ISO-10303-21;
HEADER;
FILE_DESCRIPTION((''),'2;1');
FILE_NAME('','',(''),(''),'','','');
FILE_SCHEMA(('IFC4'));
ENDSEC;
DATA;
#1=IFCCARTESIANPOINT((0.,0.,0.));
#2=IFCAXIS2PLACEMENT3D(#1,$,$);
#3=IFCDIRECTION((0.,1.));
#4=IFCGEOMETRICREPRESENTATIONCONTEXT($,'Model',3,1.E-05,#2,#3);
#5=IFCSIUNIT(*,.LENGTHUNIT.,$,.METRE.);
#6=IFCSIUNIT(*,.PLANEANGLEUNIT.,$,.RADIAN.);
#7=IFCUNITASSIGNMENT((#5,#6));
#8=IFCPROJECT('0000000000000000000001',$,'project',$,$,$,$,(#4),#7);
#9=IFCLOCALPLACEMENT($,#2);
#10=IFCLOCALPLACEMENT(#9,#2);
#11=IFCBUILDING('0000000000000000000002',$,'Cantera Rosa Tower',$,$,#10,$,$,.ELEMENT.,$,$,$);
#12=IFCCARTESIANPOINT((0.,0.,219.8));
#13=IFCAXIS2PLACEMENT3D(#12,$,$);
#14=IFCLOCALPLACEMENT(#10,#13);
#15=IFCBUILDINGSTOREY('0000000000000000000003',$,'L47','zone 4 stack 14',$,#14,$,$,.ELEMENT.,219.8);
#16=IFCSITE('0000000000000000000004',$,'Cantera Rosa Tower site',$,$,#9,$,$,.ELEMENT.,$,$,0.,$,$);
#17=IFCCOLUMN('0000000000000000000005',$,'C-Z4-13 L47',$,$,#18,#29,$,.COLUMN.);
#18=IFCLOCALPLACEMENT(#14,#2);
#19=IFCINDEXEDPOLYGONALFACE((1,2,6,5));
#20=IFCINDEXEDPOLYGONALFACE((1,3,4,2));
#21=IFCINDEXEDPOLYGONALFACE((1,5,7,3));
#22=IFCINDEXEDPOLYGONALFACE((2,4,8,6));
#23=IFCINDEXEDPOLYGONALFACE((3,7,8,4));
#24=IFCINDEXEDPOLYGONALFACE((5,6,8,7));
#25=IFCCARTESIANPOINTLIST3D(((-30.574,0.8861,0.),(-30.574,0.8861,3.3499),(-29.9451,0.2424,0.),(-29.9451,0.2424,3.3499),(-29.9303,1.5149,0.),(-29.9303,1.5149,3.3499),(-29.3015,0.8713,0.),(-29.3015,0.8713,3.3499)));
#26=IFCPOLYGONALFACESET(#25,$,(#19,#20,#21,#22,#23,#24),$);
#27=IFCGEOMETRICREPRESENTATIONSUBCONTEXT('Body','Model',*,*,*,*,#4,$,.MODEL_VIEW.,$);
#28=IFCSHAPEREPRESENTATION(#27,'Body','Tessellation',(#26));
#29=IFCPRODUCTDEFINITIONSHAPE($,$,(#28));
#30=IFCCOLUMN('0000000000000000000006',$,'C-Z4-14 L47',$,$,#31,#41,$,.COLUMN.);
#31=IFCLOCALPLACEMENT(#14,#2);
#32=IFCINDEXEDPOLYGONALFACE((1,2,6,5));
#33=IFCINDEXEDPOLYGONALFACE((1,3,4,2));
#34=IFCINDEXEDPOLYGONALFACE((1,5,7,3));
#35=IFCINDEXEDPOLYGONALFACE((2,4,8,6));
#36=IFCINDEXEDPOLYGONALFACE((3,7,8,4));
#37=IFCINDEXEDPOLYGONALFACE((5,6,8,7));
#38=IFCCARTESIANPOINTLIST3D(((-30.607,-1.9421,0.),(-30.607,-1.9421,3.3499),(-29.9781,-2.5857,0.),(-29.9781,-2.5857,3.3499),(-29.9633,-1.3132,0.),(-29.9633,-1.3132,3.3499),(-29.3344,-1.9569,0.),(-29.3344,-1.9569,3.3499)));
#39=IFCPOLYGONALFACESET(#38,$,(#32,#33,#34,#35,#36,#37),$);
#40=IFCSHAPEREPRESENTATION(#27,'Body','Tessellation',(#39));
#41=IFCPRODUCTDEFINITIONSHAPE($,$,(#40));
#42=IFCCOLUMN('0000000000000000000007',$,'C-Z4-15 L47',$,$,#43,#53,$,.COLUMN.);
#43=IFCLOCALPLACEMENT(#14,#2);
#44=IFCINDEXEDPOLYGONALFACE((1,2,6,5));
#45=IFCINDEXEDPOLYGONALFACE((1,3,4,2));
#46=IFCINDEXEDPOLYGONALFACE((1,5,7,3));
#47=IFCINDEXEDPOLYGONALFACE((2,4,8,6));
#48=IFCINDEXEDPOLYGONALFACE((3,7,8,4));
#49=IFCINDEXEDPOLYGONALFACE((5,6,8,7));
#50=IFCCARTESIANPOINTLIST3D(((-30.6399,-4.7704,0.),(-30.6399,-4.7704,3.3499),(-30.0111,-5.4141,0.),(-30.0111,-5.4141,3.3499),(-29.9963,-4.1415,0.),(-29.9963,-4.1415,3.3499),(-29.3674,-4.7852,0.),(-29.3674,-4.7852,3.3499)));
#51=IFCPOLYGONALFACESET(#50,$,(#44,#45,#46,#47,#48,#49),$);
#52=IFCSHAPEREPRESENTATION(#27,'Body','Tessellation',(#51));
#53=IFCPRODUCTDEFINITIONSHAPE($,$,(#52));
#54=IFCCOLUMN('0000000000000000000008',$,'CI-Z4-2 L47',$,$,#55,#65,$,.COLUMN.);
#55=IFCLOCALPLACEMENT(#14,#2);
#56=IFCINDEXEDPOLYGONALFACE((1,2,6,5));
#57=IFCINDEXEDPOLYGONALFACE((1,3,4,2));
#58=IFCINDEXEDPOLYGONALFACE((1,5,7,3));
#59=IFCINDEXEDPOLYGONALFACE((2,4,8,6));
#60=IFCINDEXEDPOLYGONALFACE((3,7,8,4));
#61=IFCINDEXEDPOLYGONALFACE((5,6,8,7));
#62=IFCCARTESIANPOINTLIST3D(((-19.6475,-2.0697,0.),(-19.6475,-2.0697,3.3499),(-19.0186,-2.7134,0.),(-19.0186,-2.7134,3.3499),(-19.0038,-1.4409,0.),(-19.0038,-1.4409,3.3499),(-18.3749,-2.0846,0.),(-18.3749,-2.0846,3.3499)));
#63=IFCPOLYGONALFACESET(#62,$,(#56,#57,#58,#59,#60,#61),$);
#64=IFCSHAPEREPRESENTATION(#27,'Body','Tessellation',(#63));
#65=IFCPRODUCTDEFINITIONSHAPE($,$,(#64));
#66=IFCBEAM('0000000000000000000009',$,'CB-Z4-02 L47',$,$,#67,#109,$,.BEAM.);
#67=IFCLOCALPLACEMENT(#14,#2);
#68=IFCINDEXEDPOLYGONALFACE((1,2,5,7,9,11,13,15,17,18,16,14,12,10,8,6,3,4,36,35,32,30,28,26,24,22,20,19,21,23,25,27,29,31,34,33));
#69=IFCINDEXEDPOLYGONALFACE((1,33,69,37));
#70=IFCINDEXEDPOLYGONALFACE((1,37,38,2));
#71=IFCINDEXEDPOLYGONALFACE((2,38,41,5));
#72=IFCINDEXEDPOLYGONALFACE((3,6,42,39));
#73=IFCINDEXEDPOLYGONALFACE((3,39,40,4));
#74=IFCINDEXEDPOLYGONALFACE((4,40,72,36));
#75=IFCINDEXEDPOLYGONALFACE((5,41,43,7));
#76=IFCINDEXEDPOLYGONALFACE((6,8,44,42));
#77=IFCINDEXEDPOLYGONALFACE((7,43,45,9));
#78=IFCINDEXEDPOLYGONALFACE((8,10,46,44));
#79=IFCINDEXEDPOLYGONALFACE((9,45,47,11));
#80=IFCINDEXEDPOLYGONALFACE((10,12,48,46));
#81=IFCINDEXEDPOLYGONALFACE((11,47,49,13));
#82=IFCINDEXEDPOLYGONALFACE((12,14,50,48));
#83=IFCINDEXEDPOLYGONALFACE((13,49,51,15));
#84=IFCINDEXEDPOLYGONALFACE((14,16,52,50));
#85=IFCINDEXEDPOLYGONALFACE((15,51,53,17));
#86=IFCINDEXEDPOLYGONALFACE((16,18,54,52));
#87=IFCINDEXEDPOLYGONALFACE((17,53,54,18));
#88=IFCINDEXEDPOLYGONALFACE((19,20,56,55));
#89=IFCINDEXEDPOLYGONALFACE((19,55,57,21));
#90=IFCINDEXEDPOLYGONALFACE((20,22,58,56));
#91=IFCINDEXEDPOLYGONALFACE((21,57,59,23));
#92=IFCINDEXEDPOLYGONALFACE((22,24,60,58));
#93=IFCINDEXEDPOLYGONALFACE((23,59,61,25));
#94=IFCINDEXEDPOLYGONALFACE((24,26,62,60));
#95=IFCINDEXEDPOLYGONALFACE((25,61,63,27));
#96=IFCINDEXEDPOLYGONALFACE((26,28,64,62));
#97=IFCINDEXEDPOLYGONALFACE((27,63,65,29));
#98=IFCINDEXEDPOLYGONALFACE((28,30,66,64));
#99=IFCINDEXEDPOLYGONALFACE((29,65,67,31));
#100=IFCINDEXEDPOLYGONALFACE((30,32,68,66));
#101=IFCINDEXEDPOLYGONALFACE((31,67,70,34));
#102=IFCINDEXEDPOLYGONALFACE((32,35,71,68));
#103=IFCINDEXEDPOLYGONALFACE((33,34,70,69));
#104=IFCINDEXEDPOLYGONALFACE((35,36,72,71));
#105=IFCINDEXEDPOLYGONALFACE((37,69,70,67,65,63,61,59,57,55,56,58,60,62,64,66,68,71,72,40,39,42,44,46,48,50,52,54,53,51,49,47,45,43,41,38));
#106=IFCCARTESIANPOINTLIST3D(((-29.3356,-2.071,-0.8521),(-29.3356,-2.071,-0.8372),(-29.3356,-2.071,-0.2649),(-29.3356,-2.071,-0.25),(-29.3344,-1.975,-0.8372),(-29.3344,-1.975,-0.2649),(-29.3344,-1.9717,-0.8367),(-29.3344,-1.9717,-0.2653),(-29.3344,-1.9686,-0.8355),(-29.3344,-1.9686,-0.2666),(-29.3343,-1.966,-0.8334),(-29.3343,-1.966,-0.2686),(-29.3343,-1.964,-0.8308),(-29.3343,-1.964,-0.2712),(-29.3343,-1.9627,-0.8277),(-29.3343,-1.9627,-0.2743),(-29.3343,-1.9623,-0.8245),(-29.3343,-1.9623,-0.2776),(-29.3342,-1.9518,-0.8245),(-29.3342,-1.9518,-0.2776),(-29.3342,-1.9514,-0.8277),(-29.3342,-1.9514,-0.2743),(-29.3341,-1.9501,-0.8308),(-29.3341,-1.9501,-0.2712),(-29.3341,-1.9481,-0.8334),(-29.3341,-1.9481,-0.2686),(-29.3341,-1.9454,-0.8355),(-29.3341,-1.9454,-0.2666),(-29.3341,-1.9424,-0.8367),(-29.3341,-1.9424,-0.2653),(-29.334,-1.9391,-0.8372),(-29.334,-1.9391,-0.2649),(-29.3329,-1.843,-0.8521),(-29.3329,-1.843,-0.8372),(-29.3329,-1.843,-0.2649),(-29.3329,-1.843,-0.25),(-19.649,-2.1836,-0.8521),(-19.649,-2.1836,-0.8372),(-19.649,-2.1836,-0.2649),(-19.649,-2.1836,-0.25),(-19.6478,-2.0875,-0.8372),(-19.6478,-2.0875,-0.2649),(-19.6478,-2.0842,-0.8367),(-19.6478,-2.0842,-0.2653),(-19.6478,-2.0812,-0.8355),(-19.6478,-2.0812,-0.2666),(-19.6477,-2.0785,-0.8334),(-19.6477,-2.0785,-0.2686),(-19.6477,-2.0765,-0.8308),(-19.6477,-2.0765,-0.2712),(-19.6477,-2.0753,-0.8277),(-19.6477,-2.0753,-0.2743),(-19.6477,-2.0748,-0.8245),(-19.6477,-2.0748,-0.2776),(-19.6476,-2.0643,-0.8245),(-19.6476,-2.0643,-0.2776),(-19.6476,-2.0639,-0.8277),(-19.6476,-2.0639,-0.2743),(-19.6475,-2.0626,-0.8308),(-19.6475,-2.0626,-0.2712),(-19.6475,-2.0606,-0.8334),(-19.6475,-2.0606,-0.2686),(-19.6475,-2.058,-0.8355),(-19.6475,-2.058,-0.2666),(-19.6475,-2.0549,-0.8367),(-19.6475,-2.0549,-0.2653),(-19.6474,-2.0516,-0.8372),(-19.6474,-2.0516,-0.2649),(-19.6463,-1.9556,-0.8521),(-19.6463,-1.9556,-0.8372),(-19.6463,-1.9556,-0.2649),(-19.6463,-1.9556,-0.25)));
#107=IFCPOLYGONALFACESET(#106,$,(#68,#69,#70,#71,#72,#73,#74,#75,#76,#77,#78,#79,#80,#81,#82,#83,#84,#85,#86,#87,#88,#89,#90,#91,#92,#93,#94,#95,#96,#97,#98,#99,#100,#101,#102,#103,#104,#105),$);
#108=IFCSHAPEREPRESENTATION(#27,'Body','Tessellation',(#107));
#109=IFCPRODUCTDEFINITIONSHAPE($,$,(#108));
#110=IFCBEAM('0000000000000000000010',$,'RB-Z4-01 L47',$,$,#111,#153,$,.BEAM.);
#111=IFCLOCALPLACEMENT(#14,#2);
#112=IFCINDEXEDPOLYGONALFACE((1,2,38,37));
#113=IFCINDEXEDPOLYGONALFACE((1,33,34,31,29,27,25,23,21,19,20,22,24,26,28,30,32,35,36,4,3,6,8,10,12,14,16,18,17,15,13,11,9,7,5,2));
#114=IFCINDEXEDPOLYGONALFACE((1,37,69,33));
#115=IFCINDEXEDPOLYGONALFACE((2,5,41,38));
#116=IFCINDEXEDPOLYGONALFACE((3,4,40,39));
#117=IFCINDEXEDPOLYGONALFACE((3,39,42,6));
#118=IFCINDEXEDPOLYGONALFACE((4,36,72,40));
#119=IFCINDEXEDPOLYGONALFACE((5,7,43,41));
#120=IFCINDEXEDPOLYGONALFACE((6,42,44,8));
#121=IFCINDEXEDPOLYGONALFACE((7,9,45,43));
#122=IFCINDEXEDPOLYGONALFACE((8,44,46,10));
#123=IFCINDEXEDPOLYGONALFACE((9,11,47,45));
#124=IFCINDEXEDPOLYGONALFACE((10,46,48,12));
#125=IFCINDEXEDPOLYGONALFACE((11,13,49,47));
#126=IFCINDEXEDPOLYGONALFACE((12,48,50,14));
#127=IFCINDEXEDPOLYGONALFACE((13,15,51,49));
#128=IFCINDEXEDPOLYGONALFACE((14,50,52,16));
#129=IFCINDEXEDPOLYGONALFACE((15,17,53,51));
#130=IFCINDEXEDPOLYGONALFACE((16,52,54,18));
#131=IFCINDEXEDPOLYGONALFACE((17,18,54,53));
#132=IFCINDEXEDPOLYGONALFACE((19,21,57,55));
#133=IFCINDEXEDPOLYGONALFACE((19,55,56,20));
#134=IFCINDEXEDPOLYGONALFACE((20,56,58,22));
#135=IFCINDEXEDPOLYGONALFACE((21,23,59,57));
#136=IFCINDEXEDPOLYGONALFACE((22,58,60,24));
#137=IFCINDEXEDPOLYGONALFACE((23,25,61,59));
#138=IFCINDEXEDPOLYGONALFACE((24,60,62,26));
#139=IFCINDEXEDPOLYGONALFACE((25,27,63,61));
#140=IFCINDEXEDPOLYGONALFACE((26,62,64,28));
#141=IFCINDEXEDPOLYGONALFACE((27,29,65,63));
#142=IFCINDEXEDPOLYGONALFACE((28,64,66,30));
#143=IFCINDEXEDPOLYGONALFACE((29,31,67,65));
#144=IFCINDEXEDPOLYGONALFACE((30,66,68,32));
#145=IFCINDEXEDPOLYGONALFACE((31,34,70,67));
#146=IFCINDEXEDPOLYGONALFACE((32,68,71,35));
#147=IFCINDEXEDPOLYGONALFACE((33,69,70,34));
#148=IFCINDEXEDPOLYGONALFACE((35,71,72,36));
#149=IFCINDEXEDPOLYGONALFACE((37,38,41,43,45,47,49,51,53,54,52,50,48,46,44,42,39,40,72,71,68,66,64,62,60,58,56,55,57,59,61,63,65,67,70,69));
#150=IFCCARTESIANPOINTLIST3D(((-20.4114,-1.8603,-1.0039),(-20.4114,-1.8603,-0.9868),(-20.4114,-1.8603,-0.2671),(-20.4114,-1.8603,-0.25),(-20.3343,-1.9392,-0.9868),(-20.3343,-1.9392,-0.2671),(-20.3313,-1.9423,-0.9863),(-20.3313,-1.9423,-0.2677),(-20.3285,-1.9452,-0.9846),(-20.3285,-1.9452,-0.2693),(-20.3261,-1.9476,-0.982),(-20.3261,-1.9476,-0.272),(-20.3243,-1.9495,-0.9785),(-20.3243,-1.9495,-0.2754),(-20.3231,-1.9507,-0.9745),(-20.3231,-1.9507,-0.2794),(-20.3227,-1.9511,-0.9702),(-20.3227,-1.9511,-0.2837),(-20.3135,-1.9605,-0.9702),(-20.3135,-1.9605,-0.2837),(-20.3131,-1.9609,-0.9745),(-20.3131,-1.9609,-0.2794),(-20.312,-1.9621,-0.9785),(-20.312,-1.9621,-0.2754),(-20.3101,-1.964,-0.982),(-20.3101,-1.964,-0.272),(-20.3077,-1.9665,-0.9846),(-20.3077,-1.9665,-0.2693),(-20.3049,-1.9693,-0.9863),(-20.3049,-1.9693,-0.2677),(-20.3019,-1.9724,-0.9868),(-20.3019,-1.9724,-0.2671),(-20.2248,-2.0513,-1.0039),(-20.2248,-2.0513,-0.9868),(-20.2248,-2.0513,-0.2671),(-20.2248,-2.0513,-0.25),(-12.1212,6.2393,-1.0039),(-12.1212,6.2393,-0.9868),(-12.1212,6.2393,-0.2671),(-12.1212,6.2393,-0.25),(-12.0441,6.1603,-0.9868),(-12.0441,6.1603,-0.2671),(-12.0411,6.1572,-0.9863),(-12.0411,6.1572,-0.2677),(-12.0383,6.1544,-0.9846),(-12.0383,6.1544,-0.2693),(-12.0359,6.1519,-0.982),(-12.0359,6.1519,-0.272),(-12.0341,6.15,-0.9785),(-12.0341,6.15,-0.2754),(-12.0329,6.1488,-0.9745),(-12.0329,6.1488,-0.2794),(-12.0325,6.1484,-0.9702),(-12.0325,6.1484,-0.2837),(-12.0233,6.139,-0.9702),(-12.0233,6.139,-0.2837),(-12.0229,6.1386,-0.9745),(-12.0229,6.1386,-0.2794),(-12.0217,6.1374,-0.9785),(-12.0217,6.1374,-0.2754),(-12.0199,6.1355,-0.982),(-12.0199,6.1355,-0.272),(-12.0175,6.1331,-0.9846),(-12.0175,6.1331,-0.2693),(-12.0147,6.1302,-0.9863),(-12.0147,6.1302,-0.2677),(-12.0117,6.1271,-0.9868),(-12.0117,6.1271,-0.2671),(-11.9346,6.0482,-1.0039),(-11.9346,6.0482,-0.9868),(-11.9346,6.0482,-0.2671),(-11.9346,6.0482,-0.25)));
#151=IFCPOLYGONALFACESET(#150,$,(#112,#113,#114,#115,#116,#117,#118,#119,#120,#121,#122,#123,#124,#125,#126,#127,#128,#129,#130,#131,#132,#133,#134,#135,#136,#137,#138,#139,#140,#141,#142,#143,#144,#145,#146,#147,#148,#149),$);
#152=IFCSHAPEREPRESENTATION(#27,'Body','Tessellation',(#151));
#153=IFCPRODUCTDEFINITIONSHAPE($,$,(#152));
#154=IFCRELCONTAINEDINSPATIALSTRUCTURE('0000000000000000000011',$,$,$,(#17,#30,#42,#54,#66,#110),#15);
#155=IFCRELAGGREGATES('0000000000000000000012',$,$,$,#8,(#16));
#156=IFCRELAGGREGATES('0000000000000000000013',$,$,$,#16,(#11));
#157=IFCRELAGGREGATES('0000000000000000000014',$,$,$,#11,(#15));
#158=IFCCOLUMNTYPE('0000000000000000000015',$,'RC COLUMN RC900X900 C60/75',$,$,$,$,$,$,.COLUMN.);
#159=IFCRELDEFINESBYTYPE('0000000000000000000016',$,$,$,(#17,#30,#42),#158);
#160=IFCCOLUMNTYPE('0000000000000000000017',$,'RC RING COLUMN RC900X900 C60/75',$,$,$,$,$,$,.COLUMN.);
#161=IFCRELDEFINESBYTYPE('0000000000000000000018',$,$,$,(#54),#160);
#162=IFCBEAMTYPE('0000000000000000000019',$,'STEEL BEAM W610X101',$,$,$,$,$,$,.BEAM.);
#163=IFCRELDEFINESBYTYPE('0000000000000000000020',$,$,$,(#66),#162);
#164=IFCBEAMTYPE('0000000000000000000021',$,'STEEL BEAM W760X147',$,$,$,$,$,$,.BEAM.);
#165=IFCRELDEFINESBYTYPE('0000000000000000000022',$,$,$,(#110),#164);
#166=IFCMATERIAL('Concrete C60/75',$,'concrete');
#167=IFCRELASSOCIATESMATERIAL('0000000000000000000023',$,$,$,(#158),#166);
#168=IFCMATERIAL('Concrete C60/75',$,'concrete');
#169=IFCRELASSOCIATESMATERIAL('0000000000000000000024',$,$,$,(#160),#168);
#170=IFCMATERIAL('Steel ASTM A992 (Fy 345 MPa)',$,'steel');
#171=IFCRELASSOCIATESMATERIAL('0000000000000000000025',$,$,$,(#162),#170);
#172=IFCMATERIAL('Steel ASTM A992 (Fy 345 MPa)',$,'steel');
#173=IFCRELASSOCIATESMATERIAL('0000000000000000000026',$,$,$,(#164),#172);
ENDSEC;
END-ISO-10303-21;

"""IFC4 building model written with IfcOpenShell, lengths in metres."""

from ifc_helpers import new_model, si_unit, direction, frame, origin, origin_2d, place, context, subcontext, project, spatial, rectangle, i_section, extrude, material, material_profile, profile_set, type_object, element, save


model = new_model("IFC4")

# Units and contexts
model_context = context("Model", 3, precision=1e-05, world=origin(), true_north=direction((0.0, 1.0)))
body_context = subcontext(model_context, "Body", "Model", "MODEL_VIEW")
ifc_project = project(units=[si_unit("LENGTHUNIT", "METRE"), si_unit("PLANEANGLEUNIT", "RADIAN")], contexts=[model_context])

# Site, building, storey
site_placement = place(None, origin())
site = spatial("IfcSite", under=ifc_project, at=site_placement, Name="Cantera Rosa Tower site", CompositionType="ELEMENT", RefElevation=0.0)
building_placement = place(site_placement, origin())
building = spatial("IfcBuilding", under=site, at=building_placement, Name="Cantera Rosa Tower", CompositionType="ELEMENT")
storey_placement = place(building_placement, frame((0.0, 0.0, 219.8)))
storey = spatial("IfcBuildingStorey", under=building, at=storey_placement, Name="L47", Description="zone 4 stack 14", CompositionType="ELEMENT", Elevation=219.8)

# Columns
ifc_material_1 = material(Name="Concrete C60/75", Category="concrete")
ifc_material_profile_1 = material_profile(ifc_material_1, rectangle(XDim=0.8999, YDim=0.8999, at=origin_2d()), Name="RC COLUMN RC900X900 C60/75")
ifc_profile_set_1 = profile_set([ifc_material_profile_1], Name="Concrete C60/75")
column_type_1 = type_object("IfcColumnType", Name="RC COLUMN RC900X900 C60/75", PredefinedType="COLUMN", material=ifc_profile_set_1)
for number, where, z_axis, x_axis, name in (
    (1, (-29.9377, 0.8787, 0.0), (0.0, 0.0, 1.0), (0.715286, 0.698832, 0.0), "C-Z4-13 L47"),
    (2, (-29.9707, -1.9495, 0.0), (0.0, 0.0, 1.0), (0.715286, 0.698832, 0.0), "C-Z4-14 L47"),
    (3, (-30.0037, -4.7778, 0.0), (0.0, 0.0, 1.0), (0.715286, 0.698832, 0.0), "C-Z4-15 L47"),
):
    element("IfcColumn", number, at=place(storey_placement, frame(where, z_axis=z_axis, x_axis=x_axis)), inside=storey, type_object=column_type_1, Name=name, PredefinedType="COLUMN", context=body_context, shape_type="SweptSolid", body=[
        extrude(rectangle(XDim=0.8999, YDim=0.8999, at=origin_2d()), origin(), (0.0, 0.0, 1.0), 3.3499),
    ])
ifc_material_2 = material(Name="Concrete C60/75", Category="concrete")
ifc_material_profile_2 = material_profile(ifc_material_2, rectangle(XDim=0.8999, YDim=0.8999, at=origin_2d()), Name="RC RING COLUMN RC900X900 C60/75")
ifc_profile_set_2 = profile_set([ifc_material_profile_2], Name="Concrete C60/75")
column_type_2 = type_object("IfcColumnType", Name="RC RING COLUMN RC900X900 C60/75", PredefinedType="COLUMN", material=ifc_profile_set_2)
column_placement = place(storey_placement, frame((-19.0112, -2.0771, 0.0), z_axis=(0.0, 0.0, 1.0), x_axis=(0.715286, 0.698832, 0.0)))
element("IfcColumn", 4, at=column_placement, inside=storey, type_object=column_type_2, Name="CI-Z4-2 L47", PredefinedType="COLUMN", context=body_context, shape_type="SweptSolid", body=[
    extrude(rectangle(XDim=0.8999, YDim=0.8999, at=origin_2d()), origin(), (0.0, 0.0, 1.0), 3.3499),
])

# Beams
ifc_material_3 = material(Name="Steel ASTM A992 (Fy 345 MPa)", Category="steel")
ifc_material_profile_3 = material_profile(ifc_material_3, i_section(OverallWidth=0.228, OverallDepth=0.6021, WebThickness=0.0105, FlangeThickness=0.0149, FilletRadius=0.0127, at=origin_2d()), Name="W610X101")
ifc_profile_set_3 = profile_set([ifc_material_profile_3], Name="Steel ASTM A992 (Fy 345 MPa)")
beam_type_1 = type_object("IfcBeamType", Name="STEEL BEAM W610X101", PredefinedType="BEAM", material=ifc_profile_set_3)
beam_1_placement = place(storey_placement, frame((-29.3342, -1.957, -0.551), z_axis=(0.999933, -0.011618, 0.0), x_axis=(0.011618, 0.999933, 0.0)))
element("IfcBeam", 5, at=beam_1_placement, inside=storey, type_object=beam_type_1, Name="CB-Z4-02 L47", PredefinedType="BEAM", context=body_context, shape_type="SweptSolid", body=[
    extrude(i_section(OverallWidth=0.228, OverallDepth=0.6021, WebThickness=0.0105, FlangeThickness=0.0149, FilletRadius=0.0127, at=origin_2d()), origin(), (0.0, 0.0, 1.0), 9.6873),
])
ifc_material_4 = material(Name="Steel ASTM A992 (Fy 345 MPa)", Category="steel")
ifc_material_profile_4 = material_profile(ifc_material_4, i_section(OverallWidth=0.2671, OverallDepth=0.7539, WebThickness=0.0132, FlangeThickness=0.0171, FilletRadius=0.0166, at=origin_2d()), Name="W760X147")
ifc_profile_set_4 = profile_set([ifc_material_profile_4], Name="Steel ASTM A992 (Fy 345 MPa)")
beam_type_2 = type_object("IfcBeamType", Name="STEEL BEAM W760X147", PredefinedType="BEAM", material=ifc_profile_set_4)
beam_2_placement = place(storey_placement, frame((-20.3181, -1.9558, -0.627), z_axis=(0.715285, 0.698833, 0.0), x_axis=(-0.698833, 0.715285, 0.0)))
element("IfcBeam", 6, at=beam_2_placement, inside=storey, type_object=beam_type_2, Name="RB-Z4-01 L47", PredefinedType="BEAM", context=body_context, shape_type="SweptSolid", body=[
    extrude(i_section(OverallWidth=0.2671, OverallDepth=0.7539, WebThickness=0.0132, FlangeThickness=0.0171, FilletRadius=0.0166, at=origin_2d()), origin(), (0.0, 0.0, 1.0), 11.5901),
])

save(model, "model.ifc")
